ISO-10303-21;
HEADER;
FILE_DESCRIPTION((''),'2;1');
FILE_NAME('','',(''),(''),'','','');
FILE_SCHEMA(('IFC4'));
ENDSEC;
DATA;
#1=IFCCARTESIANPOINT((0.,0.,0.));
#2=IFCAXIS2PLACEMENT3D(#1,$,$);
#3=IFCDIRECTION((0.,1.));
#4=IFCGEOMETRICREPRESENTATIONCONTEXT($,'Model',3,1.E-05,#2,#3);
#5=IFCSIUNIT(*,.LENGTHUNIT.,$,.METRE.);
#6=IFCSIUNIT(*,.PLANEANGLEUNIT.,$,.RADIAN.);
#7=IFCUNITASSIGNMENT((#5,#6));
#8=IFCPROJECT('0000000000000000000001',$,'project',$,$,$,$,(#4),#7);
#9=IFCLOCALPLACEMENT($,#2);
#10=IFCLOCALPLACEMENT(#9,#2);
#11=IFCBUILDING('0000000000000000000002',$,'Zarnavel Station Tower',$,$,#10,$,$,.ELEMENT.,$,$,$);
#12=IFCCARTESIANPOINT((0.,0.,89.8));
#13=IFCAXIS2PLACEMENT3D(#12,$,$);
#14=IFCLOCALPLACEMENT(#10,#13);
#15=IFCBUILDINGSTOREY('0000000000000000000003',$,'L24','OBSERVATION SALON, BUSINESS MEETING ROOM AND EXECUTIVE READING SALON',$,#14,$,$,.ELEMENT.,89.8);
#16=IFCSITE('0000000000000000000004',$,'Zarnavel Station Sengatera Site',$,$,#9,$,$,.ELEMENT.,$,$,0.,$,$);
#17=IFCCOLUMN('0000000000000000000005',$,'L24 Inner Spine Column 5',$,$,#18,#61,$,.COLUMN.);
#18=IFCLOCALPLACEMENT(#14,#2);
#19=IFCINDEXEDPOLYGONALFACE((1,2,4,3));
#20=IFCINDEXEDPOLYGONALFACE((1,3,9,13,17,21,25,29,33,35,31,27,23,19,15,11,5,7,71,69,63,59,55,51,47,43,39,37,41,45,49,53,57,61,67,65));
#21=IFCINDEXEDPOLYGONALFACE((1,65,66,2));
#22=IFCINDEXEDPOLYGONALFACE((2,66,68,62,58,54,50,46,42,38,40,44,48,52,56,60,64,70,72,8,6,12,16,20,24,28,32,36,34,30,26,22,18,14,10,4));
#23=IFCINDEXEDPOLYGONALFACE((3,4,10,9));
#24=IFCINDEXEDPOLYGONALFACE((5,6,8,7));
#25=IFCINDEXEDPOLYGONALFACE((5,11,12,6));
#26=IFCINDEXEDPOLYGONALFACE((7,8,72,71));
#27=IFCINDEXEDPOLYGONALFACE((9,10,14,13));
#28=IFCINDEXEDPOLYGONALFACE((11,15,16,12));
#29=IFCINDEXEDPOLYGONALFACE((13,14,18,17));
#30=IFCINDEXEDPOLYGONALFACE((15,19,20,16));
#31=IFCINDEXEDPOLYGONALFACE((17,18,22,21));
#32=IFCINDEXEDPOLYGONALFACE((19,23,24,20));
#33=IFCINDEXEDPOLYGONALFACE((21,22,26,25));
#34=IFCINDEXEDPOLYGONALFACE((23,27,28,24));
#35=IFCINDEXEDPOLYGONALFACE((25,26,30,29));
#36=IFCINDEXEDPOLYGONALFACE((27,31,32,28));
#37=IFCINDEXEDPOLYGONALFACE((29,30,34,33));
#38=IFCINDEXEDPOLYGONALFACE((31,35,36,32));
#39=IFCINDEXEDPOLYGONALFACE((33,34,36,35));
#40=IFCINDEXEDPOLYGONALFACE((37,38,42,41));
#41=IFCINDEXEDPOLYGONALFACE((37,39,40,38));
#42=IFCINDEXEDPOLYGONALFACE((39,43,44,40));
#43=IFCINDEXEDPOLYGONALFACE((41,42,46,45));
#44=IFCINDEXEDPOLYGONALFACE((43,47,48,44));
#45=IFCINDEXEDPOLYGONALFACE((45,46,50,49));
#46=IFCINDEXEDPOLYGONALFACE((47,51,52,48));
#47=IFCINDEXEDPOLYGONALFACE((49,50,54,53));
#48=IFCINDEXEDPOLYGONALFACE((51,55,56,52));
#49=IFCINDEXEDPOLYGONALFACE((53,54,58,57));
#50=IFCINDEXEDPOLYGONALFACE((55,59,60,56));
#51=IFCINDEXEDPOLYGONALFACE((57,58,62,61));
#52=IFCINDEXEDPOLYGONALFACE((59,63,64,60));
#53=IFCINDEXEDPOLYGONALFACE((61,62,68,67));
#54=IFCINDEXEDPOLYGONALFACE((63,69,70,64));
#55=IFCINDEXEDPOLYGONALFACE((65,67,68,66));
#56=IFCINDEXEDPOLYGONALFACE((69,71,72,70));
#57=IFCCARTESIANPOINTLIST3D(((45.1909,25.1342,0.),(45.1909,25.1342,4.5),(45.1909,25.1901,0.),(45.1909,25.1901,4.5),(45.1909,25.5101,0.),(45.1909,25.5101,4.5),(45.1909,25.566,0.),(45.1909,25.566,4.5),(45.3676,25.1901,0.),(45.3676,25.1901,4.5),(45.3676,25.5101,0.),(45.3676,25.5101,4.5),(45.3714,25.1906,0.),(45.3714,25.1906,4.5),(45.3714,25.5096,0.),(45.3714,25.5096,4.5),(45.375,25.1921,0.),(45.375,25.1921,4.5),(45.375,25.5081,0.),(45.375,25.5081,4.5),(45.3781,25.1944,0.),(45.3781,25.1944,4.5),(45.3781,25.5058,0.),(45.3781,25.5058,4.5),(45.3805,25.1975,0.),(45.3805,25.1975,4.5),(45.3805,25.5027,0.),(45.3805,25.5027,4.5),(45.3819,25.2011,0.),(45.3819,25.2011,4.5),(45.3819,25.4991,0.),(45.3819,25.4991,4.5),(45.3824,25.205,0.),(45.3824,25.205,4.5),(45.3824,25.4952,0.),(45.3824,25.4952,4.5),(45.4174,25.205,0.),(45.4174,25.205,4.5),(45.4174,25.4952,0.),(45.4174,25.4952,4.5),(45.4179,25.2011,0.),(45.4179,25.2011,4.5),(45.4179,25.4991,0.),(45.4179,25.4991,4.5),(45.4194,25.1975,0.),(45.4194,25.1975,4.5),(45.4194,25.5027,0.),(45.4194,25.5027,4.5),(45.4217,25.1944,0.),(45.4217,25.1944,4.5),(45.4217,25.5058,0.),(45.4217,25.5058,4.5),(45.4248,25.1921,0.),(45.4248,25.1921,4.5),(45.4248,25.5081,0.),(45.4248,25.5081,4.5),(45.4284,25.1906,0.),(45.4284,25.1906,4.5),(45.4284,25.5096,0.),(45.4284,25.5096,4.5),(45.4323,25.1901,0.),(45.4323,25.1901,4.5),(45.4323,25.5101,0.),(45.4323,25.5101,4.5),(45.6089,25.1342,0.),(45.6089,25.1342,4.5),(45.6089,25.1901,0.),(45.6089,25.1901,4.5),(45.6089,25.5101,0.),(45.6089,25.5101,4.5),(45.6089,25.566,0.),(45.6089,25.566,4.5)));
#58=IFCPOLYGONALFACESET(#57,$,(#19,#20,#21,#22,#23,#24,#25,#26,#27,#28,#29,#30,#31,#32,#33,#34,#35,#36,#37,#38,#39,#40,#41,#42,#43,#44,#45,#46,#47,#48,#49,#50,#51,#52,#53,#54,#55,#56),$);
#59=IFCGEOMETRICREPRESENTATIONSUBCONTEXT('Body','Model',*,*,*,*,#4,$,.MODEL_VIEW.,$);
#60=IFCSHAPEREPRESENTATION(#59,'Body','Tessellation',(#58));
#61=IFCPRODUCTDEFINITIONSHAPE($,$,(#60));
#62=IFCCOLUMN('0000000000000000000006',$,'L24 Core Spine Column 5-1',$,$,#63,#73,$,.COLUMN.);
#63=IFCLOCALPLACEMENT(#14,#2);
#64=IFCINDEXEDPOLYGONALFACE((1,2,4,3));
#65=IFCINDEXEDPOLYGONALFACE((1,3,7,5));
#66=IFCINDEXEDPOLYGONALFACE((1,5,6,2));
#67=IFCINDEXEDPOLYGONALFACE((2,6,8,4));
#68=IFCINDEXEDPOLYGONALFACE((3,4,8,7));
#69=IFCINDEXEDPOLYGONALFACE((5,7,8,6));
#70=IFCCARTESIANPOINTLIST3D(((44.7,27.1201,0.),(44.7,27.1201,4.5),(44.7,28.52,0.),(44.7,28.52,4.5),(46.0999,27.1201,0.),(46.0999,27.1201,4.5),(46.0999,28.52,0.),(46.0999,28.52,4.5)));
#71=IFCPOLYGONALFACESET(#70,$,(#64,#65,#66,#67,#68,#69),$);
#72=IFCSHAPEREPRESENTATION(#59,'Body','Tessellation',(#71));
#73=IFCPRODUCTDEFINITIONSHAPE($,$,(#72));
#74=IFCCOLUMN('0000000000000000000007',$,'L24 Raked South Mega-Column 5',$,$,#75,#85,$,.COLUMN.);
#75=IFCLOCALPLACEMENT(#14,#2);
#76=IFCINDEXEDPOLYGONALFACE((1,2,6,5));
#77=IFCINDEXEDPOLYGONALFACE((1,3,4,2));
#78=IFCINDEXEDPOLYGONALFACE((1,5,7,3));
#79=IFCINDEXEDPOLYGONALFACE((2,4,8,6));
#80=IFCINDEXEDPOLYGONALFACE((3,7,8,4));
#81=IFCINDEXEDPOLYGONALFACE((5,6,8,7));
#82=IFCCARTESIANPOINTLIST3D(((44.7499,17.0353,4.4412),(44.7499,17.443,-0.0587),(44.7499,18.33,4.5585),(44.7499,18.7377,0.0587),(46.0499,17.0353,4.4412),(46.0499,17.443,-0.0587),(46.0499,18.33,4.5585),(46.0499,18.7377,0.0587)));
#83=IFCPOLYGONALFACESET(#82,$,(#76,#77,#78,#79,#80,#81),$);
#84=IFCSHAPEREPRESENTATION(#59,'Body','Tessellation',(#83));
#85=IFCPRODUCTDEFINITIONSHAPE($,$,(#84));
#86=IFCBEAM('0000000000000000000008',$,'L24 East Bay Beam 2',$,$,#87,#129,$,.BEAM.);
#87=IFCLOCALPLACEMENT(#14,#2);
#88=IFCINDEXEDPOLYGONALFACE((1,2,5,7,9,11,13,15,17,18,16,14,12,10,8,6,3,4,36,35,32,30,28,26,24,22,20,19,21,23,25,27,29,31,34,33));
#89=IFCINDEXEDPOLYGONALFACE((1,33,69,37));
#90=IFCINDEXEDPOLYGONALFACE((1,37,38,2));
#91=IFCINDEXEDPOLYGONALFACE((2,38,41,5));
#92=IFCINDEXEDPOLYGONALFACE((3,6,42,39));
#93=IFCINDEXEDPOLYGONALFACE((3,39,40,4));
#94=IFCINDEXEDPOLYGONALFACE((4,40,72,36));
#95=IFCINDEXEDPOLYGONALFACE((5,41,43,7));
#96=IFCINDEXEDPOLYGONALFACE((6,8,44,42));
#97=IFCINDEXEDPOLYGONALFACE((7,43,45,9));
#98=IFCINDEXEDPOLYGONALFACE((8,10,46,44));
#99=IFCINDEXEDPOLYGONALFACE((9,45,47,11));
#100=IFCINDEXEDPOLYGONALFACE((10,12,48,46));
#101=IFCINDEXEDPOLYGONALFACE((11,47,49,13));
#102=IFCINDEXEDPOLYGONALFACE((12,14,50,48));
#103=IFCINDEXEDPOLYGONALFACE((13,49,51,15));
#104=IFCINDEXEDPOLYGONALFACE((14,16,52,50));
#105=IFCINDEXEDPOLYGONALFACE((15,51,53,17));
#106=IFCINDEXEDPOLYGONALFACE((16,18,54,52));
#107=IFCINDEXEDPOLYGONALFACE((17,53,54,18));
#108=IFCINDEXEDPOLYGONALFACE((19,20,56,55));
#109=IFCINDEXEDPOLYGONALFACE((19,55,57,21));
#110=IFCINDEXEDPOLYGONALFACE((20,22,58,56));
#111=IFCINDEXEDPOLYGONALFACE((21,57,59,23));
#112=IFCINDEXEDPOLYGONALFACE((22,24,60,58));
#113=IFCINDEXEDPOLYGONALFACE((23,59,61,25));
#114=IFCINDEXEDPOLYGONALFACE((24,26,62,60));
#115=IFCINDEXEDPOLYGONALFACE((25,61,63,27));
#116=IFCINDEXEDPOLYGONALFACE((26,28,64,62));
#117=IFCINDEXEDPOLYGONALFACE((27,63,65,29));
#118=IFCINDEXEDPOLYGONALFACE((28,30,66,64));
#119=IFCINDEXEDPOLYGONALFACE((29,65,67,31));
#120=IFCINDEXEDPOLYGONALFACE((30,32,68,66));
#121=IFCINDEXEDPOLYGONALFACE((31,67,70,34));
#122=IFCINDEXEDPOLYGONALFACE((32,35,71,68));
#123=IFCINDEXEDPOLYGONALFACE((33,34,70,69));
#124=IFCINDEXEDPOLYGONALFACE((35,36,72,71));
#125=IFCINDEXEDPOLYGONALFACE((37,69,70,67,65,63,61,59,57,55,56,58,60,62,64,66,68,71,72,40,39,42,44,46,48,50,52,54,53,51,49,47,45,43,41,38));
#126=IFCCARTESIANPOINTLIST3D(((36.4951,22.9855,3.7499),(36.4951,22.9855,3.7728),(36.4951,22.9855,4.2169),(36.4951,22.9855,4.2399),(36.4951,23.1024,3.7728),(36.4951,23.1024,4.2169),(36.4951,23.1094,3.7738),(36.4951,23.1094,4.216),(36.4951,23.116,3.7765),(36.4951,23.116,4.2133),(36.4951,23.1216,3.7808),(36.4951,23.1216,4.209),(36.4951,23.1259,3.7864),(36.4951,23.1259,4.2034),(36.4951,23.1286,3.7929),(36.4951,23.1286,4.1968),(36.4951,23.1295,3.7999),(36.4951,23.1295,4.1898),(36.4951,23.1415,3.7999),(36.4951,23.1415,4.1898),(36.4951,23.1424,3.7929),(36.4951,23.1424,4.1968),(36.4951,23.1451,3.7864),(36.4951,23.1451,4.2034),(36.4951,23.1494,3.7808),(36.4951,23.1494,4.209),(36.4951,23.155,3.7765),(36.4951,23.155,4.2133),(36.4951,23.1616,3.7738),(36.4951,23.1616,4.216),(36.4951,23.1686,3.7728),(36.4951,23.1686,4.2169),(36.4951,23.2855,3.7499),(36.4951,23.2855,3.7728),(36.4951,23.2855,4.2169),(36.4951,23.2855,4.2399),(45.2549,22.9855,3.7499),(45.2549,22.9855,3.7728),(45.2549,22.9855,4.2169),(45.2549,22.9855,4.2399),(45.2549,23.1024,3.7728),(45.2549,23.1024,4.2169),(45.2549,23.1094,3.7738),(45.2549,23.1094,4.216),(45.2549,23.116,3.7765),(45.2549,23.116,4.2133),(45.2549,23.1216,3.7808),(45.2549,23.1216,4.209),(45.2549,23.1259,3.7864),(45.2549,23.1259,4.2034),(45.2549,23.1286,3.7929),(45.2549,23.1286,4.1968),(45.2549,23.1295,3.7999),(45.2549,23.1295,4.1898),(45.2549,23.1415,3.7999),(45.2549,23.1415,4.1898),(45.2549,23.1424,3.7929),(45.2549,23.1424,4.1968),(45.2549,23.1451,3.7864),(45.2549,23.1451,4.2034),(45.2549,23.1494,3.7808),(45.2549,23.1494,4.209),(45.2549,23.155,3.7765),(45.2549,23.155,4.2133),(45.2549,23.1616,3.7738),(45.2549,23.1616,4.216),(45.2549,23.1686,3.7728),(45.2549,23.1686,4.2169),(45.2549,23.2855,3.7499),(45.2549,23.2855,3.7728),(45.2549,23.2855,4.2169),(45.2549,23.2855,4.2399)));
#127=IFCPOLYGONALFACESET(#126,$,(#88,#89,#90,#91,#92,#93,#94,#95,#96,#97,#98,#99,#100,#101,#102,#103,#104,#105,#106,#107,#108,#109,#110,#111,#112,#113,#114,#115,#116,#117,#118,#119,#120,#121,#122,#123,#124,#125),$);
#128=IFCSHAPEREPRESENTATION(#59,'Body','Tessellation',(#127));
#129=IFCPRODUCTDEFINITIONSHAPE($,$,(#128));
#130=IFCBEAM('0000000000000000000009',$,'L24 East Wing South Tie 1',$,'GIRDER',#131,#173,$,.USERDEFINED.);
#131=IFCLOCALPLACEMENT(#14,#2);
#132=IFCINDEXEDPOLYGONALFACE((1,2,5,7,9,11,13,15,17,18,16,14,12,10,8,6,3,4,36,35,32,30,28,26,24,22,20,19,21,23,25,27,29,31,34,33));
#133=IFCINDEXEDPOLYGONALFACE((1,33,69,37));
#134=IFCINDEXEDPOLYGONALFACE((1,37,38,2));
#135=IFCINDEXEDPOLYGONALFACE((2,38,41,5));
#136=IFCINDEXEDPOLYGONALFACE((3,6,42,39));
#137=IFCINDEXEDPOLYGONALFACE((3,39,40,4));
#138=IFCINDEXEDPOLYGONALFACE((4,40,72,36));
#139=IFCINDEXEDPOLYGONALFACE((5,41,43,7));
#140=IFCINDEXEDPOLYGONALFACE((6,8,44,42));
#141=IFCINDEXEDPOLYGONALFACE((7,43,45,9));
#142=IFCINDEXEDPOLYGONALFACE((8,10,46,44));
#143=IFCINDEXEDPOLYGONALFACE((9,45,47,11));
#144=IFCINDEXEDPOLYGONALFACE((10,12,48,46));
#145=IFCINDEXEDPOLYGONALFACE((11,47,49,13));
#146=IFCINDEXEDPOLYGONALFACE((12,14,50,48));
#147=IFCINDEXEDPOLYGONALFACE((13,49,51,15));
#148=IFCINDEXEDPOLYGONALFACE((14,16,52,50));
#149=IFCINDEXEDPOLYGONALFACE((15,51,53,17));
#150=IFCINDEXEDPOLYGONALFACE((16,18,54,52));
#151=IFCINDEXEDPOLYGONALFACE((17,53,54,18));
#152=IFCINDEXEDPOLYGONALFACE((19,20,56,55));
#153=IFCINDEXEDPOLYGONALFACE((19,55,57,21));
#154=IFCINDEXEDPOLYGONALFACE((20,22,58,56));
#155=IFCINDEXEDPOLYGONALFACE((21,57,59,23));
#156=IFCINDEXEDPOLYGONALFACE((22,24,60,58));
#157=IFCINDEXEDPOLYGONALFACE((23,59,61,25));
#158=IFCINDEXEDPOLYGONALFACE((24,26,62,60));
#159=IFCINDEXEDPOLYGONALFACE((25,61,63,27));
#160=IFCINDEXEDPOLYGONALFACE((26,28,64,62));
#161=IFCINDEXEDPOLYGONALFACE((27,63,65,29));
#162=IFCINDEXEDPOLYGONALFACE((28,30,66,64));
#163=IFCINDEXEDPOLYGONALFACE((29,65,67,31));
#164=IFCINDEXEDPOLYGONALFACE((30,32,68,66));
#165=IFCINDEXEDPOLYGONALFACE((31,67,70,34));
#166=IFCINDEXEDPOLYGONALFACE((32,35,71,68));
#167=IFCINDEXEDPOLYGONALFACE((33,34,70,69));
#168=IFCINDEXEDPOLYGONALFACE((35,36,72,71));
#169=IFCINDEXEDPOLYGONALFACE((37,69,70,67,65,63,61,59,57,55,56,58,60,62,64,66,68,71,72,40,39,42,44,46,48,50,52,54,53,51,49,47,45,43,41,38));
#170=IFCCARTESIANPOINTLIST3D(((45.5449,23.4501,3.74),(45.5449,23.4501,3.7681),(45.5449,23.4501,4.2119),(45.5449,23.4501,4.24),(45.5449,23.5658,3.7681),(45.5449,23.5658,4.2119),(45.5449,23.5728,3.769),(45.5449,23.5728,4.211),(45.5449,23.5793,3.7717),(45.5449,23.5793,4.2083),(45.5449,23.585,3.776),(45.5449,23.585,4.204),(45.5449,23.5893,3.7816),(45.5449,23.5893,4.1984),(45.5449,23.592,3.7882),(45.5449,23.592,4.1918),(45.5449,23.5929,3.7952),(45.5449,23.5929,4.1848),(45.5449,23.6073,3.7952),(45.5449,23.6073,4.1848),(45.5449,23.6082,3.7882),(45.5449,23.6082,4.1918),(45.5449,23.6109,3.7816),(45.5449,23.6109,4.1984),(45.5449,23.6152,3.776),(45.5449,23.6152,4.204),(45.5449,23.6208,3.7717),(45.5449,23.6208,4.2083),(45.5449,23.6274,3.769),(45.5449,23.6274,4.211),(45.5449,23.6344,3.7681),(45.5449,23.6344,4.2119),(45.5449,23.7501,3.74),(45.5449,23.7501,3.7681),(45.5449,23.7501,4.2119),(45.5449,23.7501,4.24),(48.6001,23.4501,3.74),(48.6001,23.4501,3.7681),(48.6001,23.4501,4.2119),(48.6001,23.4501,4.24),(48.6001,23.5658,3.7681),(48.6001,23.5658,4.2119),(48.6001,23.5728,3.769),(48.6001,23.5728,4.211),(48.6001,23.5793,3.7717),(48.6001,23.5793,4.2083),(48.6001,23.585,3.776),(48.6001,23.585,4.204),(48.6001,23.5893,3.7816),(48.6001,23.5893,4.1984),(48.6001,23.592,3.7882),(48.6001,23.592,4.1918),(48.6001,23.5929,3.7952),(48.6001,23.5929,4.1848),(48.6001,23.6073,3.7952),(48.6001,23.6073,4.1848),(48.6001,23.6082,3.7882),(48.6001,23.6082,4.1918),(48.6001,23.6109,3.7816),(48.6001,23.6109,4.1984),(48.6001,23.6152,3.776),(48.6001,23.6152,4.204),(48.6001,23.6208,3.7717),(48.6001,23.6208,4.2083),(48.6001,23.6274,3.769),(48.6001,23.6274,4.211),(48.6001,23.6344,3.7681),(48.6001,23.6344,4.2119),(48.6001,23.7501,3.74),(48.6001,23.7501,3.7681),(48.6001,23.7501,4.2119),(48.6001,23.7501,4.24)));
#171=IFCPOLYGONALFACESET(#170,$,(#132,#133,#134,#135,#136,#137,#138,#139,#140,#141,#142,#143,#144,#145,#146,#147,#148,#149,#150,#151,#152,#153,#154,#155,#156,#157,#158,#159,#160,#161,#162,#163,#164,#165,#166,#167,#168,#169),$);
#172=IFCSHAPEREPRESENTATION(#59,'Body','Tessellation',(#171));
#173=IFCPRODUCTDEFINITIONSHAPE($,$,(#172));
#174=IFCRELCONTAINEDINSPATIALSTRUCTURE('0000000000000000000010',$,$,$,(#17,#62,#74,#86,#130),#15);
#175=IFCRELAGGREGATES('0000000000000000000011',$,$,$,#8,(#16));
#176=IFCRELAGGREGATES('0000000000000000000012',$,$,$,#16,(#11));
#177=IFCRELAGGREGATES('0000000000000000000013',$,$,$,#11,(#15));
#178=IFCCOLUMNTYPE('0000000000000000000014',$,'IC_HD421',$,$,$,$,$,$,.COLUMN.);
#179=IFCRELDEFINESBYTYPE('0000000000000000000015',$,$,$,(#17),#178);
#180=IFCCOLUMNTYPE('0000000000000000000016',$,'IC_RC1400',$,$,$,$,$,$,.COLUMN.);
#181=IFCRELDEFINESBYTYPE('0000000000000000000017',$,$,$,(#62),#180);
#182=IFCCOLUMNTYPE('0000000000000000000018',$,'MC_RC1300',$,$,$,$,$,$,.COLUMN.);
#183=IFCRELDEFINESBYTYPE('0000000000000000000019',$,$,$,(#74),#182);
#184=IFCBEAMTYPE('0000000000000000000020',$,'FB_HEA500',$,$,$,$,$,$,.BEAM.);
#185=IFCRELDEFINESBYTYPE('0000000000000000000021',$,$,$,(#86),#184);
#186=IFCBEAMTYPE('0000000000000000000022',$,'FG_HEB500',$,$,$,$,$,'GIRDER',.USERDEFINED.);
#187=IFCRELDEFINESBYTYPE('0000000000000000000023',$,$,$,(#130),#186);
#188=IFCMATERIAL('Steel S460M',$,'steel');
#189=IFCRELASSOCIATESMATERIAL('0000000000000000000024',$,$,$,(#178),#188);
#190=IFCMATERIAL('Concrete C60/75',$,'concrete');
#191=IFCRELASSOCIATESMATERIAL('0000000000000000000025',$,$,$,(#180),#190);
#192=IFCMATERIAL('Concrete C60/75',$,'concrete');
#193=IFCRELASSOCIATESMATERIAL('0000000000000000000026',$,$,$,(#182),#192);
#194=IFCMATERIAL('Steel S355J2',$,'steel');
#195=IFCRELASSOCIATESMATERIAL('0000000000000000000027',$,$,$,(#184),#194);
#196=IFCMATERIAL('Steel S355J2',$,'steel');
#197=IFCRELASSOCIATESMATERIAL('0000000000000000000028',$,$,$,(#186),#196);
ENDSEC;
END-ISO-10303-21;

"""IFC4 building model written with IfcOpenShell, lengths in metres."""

from ifc_helpers import new_model, si_unit, direction, frame, origin, origin_2d, place, context, subcontext, project, spatial, rectangle, i_section, extrude, material, material_profile, profile_set, type_object, element, save


model = new_model("IFC4")

# Units and contexts
model_context = context("Model", 3, precision=1e-05, world=origin(), true_north=direction((0.0, 1.0)))
body_context = subcontext(model_context, "Body", "Model", "MODEL_VIEW")
ifc_project = project(units=[si_unit("LENGTHUNIT", "METRE"), si_unit("PLANEANGLEUNIT", "RADIAN")], contexts=[model_context])

# Site, building, storey
site_placement = place(None, origin())
site = spatial("IfcSite", under=ifc_project, at=site_placement, Name="Zarnavel Station Sengatera Site", CompositionType="ELEMENT", RefElevation=0.0)
building_placement = place(site_placement, origin())
building = spatial("IfcBuilding", under=site, at=building_placement, Name="Zarnavel Station Tower", CompositionType="ELEMENT")
storey_placement = place(building_placement, frame((0.0, 0.0, 89.8)))
storey = spatial("IfcBuildingStorey", under=building, at=storey_placement, Name="L24", Description="OBSERVATION SALON, BUSINESS MEETING ROOM AND EXECUTIVE READING SALON", CompositionType="ELEMENT", Elevation=89.8)

# Columns
ifc_material_1 = material(Name="Steel S460M", Category="steel")
ifc_material_profile_1 = material_profile(ifc_material_1, i_section(OverallWidth=0.418, OverallDepth=0.4319, WebThickness=0.0349, FlangeThickness=0.0559, FilletRadius=0.0149, at=origin_2d()), Name="HD400x421")
ifc_profile_set_1 = profile_set([ifc_material_profile_1], Name="Steel S460M")
column_type_1 = type_object("IfcColumnType", Name="IC_HD421", PredefinedType="COLUMN", material=ifc_profile_set_1)
column_1_placement = place(storey_placement, frame((45.3999, 25.3501, 0.0), z_axis=(0.0, 0.0, 1.0), x_axis=(1.0, 0.0, 0.0)))
element("IfcColumn", 1, at=column_1_placement, inside=storey, type_object=column_type_1, Name="L24 Inner Spine Column 5", PredefinedType="COLUMN", context=body_context, shape_type="SweptSolid", body=[
    extrude(i_section(OverallWidth=0.418, OverallDepth=0.4319, WebThickness=0.0349, FlangeThickness=0.0559, FilletRadius=0.0149, at=origin_2d()), origin(), (0.0, 0.0, 1.0), 4.5),
])
ifc_material_2 = material(Name="Concrete C60/75", Category="concrete")
ifc_material_profile_2 = material_profile(ifc_material_2, rectangle(XDim=1.3999, YDim=1.3999, at=origin_2d()), Name="RC1400x1400")
ifc_profile_set_2 = profile_set([ifc_material_profile_2], Name="Concrete C60/75")
column_type_2 = type_object("IfcColumnType", Name="IC_RC1400", PredefinedType="COLUMN", material=ifc_profile_set_2)
column_2_placement = place(storey_placement, frame((45.3999, 27.8201, 0.0), z_axis=(0.0, 0.0, 1.0), x_axis=(1.0, 0.0, 0.0)))
element("IfcColumn", 2, at=column_2_placement, inside=storey, type_object=column_type_2, Name="L24 Core Spine Column 5-1", PredefinedType="COLUMN", context=body_context, shape_type="SweptSolid", body=[
    extrude(rectangle(XDim=1.3999, YDim=1.3999, at=origin_2d()), origin(), (0.0, 0.0, 1.0), 4.5),
])
ifc_material_3 = material(Name="Concrete C60/75", Category="concrete")
ifc_material_profile_3 = material_profile(ifc_material_3, rectangle(XDim=1.3, YDim=1.3, at=origin_2d()), Name="RC1300x1300")
ifc_profile_set_3 = profile_set([ifc_material_profile_3], Name="Concrete C60/75")
column_type_3 = type_object("IfcColumnType", Name="MC_RC1300", PredefinedType="COLUMN", material=ifc_profile_set_3)
column_3_placement = place(storey_placement, frame((45.3999, 18.0903, 0.0), z_axis=(0.0, -0.090234, 0.995921), x_axis=(1.0, 0.0, 0.0)))
element("IfcColumn", 3, at=column_3_placement, inside=storey, type_object=column_type_3, Name="L24 Raked South Mega-Column 5", PredefinedType="COLUMN", context=body_context, shape_type="SweptSolid", body=[
    extrude(rectangle(XDim=1.3, YDim=1.3, at=origin_2d()), origin(), (0.0, 0.0, 1.0), 4.5183),
])

# Beams
ifc_material_4 = material(Name="Steel S355J2", Category="steel")
ifc_material_profile_4 = material_profile(ifc_material_4, i_section(OverallWidth=0.3, OverallDepth=0.49, WebThickness=0.012, FlangeThickness=0.0229, FilletRadius=0.0271, at=origin_2d()), Name="HEA500")
ifc_profile_set_4 = profile_set([ifc_material_profile_4], Name="Steel S355J2")
beam_type_1 = type_object("IfcBeamType", Name="FB_HEA500", PredefinedType="BEAM", material=ifc_profile_set_4)
beam_1_placement = place(storey_placement, frame((36.4951, 23.1355, 3.9949), z_axis=(1.0, 0.0, 0.0), x_axis=(0.0, 1.0, 0.0)))
element("IfcBeam", 4, at=beam_1_placement, inside=storey, type_object=beam_type_1, Name="L24 East Bay Beam 2", PredefinedType="BEAM", context=body_context, shape_type="SweptSolid", body=[
    extrude(i_section(OverallWidth=0.3, OverallDepth=0.49, WebThickness=0.012, FlangeThickness=0.0229, FilletRadius=0.0271, at=origin_2d()), origin(), (0.0, 0.0, 1.0), 8.7598),
])
ifc_material_5 = material(Name="Steel S355J2", Category="steel")
ifc_material_profile_5 = material_profile(ifc_material_5, i_section(OverallWidth=0.3, OverallDepth=0.5, WebThickness=0.0144, FlangeThickness=0.0281, FilletRadius=0.0271, at=origin_2d()), Name="HEB500")
ifc_profile_set_5 = profile_set([ifc_material_profile_5], Name="Steel S355J2")
beam_type_2 = type_object("IfcBeamType", Name="FG_HEB500", ElementType="GIRDER", PredefinedType="USERDEFINED", material=ifc_profile_set_5)
beam_2_placement = place(storey_placement, frame((45.5449, 23.6001, 3.99), z_axis=(1.0, 0.0, 0.0), x_axis=(0.0, 1.0, 0.0)))
element("IfcBeam", 5, at=beam_2_placement, inside=storey, type_object=beam_type_2, Name="L24 East Wing South Tie 1", ObjectType="GIRDER", PredefinedType="USERDEFINED", context=body_context, shape_type="SweptSolid", body=[
    extrude(i_section(OverallWidth=0.3, OverallDepth=0.5, WebThickness=0.0144, FlangeThickness=0.0281, FilletRadius=0.0271, at=origin_2d()), origin(), (0.0, 0.0, 1.0), 3.0552),
])

save(model, "model.ifc")
